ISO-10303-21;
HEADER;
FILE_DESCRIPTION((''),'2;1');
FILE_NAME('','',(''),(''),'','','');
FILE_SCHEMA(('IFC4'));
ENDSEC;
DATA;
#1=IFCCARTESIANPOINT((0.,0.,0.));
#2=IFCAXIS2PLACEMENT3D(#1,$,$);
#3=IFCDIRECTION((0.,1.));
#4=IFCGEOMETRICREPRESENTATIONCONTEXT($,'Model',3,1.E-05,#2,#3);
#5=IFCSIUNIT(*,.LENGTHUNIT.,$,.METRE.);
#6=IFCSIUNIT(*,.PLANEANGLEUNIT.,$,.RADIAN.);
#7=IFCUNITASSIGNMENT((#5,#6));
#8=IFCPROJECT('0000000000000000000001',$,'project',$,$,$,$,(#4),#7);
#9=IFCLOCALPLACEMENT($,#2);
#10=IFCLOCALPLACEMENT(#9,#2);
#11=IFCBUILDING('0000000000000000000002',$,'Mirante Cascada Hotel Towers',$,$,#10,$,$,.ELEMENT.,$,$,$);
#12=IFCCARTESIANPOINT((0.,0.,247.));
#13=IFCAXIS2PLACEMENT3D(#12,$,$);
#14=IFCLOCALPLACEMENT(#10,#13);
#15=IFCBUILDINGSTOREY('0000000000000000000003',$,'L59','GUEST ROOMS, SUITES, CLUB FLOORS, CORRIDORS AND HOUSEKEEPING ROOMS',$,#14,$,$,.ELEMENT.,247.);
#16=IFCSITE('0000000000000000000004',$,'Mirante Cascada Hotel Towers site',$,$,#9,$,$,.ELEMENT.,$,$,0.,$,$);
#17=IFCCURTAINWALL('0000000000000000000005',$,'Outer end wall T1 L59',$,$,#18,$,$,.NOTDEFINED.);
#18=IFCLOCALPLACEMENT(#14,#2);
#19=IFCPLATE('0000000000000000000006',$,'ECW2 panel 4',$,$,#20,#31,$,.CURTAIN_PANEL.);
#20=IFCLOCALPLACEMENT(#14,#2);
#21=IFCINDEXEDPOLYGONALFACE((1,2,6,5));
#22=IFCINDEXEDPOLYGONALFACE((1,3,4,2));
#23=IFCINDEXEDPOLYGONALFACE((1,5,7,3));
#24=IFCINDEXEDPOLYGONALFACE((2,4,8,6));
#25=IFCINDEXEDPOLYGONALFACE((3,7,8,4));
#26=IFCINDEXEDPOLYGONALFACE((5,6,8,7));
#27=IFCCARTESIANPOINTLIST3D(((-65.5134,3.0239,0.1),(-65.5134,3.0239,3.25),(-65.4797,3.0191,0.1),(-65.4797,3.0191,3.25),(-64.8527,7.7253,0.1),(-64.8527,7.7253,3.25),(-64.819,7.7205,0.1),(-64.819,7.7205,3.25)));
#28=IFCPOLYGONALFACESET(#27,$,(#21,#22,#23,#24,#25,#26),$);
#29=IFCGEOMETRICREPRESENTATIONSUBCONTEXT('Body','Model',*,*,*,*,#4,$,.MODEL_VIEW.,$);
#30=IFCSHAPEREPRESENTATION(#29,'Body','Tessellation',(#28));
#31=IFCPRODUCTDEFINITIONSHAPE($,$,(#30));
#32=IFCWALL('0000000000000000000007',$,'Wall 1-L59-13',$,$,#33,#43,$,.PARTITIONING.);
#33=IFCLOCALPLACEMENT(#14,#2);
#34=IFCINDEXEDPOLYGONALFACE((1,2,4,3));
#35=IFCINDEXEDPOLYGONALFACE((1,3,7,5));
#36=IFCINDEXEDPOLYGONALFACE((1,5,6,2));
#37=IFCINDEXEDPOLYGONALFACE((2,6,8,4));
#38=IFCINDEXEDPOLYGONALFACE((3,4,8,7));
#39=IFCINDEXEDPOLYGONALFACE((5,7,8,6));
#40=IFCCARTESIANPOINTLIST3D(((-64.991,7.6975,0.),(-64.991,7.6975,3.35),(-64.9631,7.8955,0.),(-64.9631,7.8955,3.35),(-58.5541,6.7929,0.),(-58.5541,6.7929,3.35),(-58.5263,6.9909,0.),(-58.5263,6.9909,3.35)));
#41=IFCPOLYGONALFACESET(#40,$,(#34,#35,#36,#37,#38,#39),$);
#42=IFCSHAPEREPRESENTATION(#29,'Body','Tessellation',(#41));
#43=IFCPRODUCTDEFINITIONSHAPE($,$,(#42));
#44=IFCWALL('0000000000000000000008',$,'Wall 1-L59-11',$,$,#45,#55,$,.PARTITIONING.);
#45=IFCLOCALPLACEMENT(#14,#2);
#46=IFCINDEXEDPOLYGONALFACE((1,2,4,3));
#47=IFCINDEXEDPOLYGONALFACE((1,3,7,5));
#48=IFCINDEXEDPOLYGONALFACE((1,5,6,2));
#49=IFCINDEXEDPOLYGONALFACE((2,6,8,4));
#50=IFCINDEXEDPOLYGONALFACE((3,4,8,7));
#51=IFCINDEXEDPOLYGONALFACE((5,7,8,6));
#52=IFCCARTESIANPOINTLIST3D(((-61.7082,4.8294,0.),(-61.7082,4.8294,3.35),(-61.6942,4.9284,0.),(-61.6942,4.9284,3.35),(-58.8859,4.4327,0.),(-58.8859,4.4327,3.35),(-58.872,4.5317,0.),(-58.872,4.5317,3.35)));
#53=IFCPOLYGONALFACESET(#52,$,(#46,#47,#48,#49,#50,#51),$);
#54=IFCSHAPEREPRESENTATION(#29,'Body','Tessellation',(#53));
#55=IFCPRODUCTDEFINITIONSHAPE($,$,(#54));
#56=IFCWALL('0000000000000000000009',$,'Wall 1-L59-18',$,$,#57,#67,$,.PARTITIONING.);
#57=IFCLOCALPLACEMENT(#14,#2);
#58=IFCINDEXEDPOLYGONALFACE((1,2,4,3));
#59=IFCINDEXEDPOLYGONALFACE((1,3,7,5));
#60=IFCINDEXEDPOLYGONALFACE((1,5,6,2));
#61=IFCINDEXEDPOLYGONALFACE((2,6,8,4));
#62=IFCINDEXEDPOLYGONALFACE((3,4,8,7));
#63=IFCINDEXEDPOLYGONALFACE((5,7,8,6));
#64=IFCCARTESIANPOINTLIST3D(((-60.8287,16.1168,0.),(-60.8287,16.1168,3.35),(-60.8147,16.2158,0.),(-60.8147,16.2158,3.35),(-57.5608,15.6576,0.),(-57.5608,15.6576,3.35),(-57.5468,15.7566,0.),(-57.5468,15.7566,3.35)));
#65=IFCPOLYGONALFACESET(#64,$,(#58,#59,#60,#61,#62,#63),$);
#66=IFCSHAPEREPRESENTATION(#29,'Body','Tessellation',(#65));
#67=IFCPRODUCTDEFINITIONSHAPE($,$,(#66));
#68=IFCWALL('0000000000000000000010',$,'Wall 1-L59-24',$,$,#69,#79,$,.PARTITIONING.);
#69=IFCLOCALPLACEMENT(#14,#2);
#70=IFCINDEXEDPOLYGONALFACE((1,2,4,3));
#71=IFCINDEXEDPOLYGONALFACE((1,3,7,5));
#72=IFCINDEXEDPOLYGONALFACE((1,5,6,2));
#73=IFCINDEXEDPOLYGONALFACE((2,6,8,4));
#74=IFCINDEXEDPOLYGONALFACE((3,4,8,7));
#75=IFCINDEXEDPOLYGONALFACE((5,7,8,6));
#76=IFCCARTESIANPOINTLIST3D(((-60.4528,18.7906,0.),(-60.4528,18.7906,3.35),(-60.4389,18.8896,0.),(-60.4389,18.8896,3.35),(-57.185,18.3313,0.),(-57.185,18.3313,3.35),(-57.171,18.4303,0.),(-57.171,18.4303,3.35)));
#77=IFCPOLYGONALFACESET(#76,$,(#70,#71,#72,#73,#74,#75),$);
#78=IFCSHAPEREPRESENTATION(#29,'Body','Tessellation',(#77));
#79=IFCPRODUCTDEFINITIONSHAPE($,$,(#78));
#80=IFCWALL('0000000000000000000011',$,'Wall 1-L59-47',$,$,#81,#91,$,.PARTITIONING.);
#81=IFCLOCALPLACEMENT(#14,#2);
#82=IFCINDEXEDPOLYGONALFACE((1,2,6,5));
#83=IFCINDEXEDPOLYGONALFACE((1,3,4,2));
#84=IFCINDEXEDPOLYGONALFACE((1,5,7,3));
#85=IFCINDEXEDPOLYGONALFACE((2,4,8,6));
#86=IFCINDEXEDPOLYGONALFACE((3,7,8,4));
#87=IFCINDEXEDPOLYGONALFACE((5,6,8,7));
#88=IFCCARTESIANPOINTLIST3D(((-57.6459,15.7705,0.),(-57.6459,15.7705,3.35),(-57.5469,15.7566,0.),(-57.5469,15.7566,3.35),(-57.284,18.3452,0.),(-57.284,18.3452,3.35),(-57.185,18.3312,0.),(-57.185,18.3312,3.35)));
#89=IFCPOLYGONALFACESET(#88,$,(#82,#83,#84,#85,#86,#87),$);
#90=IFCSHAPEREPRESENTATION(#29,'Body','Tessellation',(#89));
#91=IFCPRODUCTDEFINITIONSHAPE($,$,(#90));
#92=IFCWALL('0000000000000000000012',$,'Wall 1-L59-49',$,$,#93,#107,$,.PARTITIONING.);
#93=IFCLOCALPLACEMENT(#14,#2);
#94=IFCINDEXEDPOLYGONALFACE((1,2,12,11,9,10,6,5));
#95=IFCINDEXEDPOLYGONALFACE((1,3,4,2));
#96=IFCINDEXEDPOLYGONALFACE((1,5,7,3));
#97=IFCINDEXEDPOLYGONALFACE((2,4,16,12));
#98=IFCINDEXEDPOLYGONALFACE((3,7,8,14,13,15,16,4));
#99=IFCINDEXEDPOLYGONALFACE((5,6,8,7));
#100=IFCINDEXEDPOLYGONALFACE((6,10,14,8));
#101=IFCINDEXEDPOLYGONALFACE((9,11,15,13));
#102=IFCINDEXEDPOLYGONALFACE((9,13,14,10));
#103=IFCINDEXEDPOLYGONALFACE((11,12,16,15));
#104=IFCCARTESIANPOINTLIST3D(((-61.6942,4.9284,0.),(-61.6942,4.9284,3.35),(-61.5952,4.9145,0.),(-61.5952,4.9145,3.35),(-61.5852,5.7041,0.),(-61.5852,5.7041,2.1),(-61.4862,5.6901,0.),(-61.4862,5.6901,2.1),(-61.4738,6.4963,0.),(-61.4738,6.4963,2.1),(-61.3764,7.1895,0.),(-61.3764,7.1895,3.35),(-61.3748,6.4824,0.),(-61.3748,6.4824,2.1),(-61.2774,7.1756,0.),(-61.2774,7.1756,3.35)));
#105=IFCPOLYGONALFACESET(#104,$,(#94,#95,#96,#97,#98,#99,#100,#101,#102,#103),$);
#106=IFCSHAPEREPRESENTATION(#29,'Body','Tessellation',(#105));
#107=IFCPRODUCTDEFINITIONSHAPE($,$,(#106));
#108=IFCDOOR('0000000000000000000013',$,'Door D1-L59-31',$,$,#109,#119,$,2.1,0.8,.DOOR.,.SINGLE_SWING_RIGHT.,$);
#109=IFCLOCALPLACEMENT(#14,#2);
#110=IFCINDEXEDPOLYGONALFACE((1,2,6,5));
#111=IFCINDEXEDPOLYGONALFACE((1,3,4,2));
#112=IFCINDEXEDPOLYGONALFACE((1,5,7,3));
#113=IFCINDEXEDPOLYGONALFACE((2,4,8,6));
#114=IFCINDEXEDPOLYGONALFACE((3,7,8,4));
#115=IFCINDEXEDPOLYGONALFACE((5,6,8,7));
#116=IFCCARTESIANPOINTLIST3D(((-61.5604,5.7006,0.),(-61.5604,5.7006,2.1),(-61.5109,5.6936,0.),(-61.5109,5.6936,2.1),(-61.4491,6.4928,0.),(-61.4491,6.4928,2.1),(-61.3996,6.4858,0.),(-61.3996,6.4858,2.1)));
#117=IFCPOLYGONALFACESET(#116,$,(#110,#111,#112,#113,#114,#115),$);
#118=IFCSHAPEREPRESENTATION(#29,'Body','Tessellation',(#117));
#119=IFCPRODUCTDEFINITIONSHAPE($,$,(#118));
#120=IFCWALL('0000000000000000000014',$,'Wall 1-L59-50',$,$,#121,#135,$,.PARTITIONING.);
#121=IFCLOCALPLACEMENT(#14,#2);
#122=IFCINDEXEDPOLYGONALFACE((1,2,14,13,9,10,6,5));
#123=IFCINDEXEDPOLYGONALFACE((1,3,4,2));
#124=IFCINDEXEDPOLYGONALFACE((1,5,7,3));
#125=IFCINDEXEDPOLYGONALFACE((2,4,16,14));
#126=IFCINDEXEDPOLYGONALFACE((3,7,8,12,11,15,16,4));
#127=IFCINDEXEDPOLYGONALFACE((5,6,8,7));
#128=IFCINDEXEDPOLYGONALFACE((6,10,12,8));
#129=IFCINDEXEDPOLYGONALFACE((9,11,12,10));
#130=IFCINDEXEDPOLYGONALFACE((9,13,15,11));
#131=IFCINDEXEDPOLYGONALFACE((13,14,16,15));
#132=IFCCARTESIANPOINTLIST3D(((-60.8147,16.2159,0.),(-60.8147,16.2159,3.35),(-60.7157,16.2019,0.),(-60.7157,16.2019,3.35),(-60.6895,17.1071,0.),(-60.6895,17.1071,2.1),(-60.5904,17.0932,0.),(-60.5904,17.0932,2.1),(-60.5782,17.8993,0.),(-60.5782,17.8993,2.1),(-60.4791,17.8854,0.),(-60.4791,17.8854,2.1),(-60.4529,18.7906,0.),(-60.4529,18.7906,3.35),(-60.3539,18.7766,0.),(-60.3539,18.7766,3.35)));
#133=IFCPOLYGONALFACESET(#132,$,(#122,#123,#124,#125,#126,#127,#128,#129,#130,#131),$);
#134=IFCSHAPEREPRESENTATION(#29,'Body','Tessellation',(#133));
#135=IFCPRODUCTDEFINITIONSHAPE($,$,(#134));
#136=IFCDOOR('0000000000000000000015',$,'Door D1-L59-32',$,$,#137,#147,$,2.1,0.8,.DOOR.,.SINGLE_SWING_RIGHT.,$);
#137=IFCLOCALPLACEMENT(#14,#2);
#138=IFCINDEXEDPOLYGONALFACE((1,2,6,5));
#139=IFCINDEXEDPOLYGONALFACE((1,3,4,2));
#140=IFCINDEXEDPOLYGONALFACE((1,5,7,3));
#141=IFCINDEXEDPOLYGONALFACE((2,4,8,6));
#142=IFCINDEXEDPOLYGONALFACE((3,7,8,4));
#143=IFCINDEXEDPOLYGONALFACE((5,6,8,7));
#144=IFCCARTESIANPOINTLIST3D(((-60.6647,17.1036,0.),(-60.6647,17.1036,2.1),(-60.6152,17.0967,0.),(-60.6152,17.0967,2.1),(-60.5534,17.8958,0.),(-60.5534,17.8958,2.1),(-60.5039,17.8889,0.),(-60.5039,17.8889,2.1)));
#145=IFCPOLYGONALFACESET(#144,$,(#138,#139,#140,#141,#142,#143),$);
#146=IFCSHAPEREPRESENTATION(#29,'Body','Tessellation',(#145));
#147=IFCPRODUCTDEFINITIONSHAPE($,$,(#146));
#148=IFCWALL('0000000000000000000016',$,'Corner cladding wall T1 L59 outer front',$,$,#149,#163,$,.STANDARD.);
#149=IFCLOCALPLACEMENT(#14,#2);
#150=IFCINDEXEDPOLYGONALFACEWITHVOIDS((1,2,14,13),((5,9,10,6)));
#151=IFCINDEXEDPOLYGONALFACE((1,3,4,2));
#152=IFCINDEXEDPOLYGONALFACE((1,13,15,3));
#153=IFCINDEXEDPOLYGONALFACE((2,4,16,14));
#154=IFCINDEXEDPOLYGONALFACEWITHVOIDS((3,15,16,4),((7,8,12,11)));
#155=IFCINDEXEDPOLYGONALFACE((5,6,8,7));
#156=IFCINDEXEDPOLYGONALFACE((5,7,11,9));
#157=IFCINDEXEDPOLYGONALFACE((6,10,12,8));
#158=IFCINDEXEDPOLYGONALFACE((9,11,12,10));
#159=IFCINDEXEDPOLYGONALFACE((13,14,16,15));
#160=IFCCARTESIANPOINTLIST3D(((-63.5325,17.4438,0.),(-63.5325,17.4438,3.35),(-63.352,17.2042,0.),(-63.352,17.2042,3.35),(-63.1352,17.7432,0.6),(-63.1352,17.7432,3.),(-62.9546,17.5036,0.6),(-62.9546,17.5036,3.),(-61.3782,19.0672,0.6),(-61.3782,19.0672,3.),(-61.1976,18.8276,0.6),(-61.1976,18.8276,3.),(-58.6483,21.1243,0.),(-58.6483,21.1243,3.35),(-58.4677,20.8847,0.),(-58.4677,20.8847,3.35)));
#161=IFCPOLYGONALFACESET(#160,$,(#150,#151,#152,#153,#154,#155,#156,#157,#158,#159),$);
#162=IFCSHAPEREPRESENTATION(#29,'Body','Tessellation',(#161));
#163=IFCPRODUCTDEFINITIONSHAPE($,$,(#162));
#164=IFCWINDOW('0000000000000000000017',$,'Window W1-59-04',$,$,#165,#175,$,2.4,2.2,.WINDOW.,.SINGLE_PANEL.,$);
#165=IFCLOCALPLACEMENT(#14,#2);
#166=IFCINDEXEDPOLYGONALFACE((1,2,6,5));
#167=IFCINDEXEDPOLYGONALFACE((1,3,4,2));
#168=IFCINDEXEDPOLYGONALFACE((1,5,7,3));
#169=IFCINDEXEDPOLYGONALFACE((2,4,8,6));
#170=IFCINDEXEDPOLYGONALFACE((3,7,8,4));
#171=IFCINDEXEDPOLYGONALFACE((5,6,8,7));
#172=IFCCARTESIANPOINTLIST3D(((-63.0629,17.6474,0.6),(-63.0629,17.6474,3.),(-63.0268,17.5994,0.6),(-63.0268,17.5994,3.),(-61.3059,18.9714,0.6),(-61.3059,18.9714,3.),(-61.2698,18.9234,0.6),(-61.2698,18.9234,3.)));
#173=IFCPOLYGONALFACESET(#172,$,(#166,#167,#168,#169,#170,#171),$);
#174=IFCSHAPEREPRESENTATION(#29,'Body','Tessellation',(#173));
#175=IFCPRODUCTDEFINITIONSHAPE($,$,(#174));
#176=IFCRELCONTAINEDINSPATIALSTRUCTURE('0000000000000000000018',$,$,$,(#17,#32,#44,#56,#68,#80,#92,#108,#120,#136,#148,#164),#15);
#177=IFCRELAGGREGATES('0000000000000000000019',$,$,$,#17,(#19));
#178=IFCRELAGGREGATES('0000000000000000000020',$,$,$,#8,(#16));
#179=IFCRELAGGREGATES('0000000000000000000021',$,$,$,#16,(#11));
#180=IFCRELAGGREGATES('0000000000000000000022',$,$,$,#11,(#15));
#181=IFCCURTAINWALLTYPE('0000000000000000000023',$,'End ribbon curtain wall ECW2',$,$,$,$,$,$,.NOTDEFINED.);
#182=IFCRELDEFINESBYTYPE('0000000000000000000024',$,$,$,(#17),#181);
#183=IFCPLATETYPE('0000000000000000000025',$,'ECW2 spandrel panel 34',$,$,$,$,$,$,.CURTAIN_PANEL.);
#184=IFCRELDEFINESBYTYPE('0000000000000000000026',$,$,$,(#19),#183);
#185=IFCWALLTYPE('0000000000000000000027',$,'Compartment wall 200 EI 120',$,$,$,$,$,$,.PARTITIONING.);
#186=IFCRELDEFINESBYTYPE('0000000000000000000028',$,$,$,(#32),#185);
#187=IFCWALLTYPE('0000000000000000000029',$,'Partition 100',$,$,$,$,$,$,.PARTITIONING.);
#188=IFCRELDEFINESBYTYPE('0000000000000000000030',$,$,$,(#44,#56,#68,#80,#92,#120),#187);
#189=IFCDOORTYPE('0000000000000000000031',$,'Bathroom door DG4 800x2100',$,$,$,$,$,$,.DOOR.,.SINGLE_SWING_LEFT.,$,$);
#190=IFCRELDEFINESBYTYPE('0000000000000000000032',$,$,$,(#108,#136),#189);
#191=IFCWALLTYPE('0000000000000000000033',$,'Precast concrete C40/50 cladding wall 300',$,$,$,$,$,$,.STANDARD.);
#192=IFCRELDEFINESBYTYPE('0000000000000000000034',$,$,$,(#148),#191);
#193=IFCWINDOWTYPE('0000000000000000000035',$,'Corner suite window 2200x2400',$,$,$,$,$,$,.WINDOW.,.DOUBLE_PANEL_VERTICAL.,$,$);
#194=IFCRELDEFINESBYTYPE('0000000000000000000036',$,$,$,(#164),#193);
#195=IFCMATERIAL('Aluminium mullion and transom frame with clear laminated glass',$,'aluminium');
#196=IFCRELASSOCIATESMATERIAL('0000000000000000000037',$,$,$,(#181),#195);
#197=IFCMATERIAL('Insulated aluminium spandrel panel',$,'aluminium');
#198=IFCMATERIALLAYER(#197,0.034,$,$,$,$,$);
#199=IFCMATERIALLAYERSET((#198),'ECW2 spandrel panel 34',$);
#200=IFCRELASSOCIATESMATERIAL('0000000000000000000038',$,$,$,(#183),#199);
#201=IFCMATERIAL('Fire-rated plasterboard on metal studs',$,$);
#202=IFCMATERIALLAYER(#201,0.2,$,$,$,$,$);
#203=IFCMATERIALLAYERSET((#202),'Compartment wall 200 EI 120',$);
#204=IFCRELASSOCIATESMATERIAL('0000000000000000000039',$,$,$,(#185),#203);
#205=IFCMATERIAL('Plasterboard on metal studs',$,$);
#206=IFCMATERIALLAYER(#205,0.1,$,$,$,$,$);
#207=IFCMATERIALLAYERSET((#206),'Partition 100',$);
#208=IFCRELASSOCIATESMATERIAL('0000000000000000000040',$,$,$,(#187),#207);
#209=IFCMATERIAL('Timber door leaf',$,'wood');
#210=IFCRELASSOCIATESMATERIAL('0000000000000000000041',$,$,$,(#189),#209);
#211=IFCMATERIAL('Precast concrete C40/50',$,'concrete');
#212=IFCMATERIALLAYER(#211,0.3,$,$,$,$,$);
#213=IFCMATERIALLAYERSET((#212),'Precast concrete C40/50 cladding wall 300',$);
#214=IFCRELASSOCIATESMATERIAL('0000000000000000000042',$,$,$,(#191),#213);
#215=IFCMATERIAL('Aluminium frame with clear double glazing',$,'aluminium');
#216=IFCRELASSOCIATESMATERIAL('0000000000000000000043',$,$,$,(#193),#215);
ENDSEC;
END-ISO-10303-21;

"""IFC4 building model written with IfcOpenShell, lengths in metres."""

from ifc_helpers import new_model, si_unit, direction, frame, frame_2d, origin, origin_2d, place, context, subcontext, project, spatial, rectangle, extrude, material, layer, layer_set, type_object, element, fill, aggregate, save


model = new_model("IFC4")

# Units and contexts
model_context = context("Model", 3, precision=1e-05, world=origin(), true_north=direction((0.0, 1.0)))
body_context = subcontext(model_context, "Body", "Model", "MODEL_VIEW")
ifc_project = project(units=[si_unit("LENGTHUNIT", "METRE"), si_unit("PLANEANGLEUNIT", "RADIAN")], contexts=[model_context])

# Site, building, storey
site_placement = place(None, origin())
site = spatial("IfcSite", under=ifc_project, at=site_placement, Name="Mirante Cascada Hotel Towers site", CompositionType="ELEMENT", RefElevation=0.0)
building_placement = place(site_placement, origin())
building = spatial("IfcBuilding", under=site, at=building_placement, Name="Mirante Cascada Hotel Towers", CompositionType="ELEMENT")
storey_placement = place(building_placement, frame((0.0, 0.0, 247.0)))
storey = spatial("IfcBuildingStorey", under=building, at=storey_placement, Name="L59", Description="GUEST ROOMS, SUITES, CLUB FLOORS, CORRIDORS AND HOUSEKEEPING ROOMS", CompositionType="ELEMENT", Elevation=247.0)

# Curtain wall
ifc_material_1 = material(Name="Aluminium mullion and transom frame with clear laminated glass", Category="aluminium")
curtain_wall_type_1 = type_object("IfcCurtainWallType", Name="End ribbon curtain wall ECW2", PredefinedType="NOTDEFINED", material=ifc_material_1)
curtain_wall_1_placement = place(storey_placement, origin())
curtain_wall_1 = element("IfcCurtainWall", 1, at=curtain_wall_1_placement, inside=storey, type_object=curtain_wall_type_1, Name="Outer end wall T1 L59", PredefinedType="NOTDEFINED")

# Plate
ifc_material_2 = material(Name="Insulated aluminium spandrel panel", Category="aluminium")
ifc_layer_1 = layer(ifc_material_2, 0.034)
ifc_layer_set_1 = layer_set([ifc_layer_1], Name="ECW2 spandrel panel 34")
plate_type_1 = type_object("IfcPlateType", Name="ECW2 spandrel panel 34", PredefinedType="CURTAIN_PANEL", material=ifc_layer_set_1)
plate_1_placement = place(storey_placement, frame((-65.1662, 5.3722, 0.1), z_axis=(0.0, 0.0, 1.0), x_axis=(0.139173, 0.990268, 0.0)))
plate_1 = element("IfcPlate", 2, at=plate_1_placement, type_object=plate_type_1, Name="ECW2 panel 4", PredefinedType="CURTAIN_PANEL", context=body_context, shape_type="SweptSolid", body=[
    extrude(rectangle(XDim=4.7476, YDim=0.034, at=origin_2d()), origin(), (0.0, 0.0, 1.0), 3.15),
])
aggregate(curtain_wall_1, [plate_1])

# Walls
ifc_material_3 = material(Name="Fire-rated plasterboard on metal studs")
ifc_layer_2 = layer(ifc_material_3, 0.2)
ifc_layer_set_2 = layer_set([ifc_layer_2], Name="Compartment wall 200 EI 120")
wall_type_1 = type_object("IfcWallType", Name="Compartment wall 200 EI 120", PredefinedType="PARTITIONING", material=ifc_layer_set_2)
wall_1_placement = place(storey_placement, frame((-64.977, 7.7965, 0.0), z_axis=(0.0, 0.0, 1.0), x_axis=(0.990269, -0.139168, 0.0)))
element("IfcWall", 3, at=wall_1_placement, inside=storey, type_object=wall_type_1, Name="Wall 1-L59-13", PredefinedType="PARTITIONING", context=body_context, shape_type="SweptSolid", body=[
    extrude(rectangle(XDim=6.5001, YDim=0.2, at=frame_2d((3.25, 0.0))), origin(), (0.0, 0.0, 1.0), 3.35),
])
ifc_material_4 = material(Name="Plasterboard on metal studs")
ifc_layer_3 = layer(ifc_material_4, 0.1)
ifc_layer_set_3 = layer_set([ifc_layer_3], Name="Partition 100")
wall_type_2 = type_object("IfcWallType", Name="Partition 100", PredefinedType="PARTITIONING", material=ifc_layer_set_3)
wall_2_placement = place(storey_placement, frame((-61.7012, 4.8789, 0.0), z_axis=(0.0, 0.0, 1.0), x_axis=(0.990266, -0.139191, 0.0)))
element("IfcWall", 4, at=wall_2_placement, inside=storey, type_object=wall_type_2, Name="Wall 1-L59-11", PredefinedType="PARTITIONING", context=body_context, shape_type="SweptSolid", body=[
    extrude(rectangle(XDim=2.85, YDim=0.1, at=frame_2d((1.425, 0.0))), origin(), (0.0, 0.0, 1.0), 3.35),
])
for number, where, z_axis, x_axis, name in (
    (5, (-57.5538, 15.7071, 0.0), (0.0, 0.0, 1.0), (-0.990271, 0.139151, 0.0), "Wall 1-L59-18"),
    (6, (-57.178, 18.3808, 0.0), (0.0, 0.0, 1.0), (-0.990267, 0.139181, 0.0), "Wall 1-L59-24"),
):
    element("IfcWall", number, at=place(storey_placement, frame(where, z_axis=z_axis, x_axis=x_axis)), inside=storey, type_object=wall_type_2, Name=name, PredefinedType="PARTITIONING", context=body_context, shape_type="SweptSolid", body=[
        extrude(rectangle(XDim=3.3, YDim=0.1, at=frame_2d((1.65, 0.0))), origin(), (0.0, 0.0, 1.0), 3.35),
    ])
wall_3_placement = place(storey_placement, frame((-57.2345, 18.3382, 0.0), z_axis=(0.0, 0.0, 1.0), x_axis=(-0.139192, -0.990265, 0.0)))
element("IfcWall", 7, at=wall_3_placement, inside=storey, type_object=wall_type_2, Name="Wall 1-L59-47", PredefinedType="PARTITIONING", context=body_context, shape_type="SweptSolid", body=[
    extrude(rectangle(XDim=2.6, YDim=0.1, at=frame_2d((1.3, 0.0))), origin(), (0.0, 0.0, 1.0), 3.35),
])

# Walls, openings, doors
wall_4_placement = place(storey_placement, frame((-61.3269, 7.1825, 0.0), z_axis=(0.0, 0.0, 1.0), x_axis=(-0.139183, -0.990267, 0.0)))
wall_4 = element("IfcWall", 8, at=wall_4_placement, inside=storey, type_object=wall_type_2, Name="Wall 1-L59-49", PredefinedType="PARTITIONING", context=body_context, shape_type="SweptSolid", body=[
    extrude(rectangle(XDim=2.2833, YDim=0.1, at=frame_2d((1.1416, 0.0))), origin(), (0.0, 0.0, 1.0), 3.35),
])
opening_1_placement = place(wall_4_placement, frame((0.7, 0.0, 0.0)))
opening_1 = element("IfcOpeningElement", 9, at=opening_1_placement, cuts=wall_4, PredefinedType="OPENING", context=body_context, shape_type="SweptSolid", body=[
    extrude(rectangle(XDim=0.8, YDim=2.1, at=frame_2d((0.4, 1.05))), frame((0.0, 0.05, 0.0), z_axis=(0.0, -1.0, 0.0), x_axis=(1.0, 0.0, 0.0)), (0.0, 0.0, 1.0), 0.1),
])
ifc_material_5 = material(Name="Timber door leaf", Category="wood")
door_type = type_object("IfcDoorType", Name="Bathroom door DG4 800x2100", OperationType="SINGLE_SWING_LEFT", PredefinedType="DOOR", material=ifc_material_5)
door_1_placement = place(opening_1_placement, frame((0.8, 0.0, 0.0), z_axis=(0.0, 0.0, 1.0), x_axis=(-1.0, 0.0, 0.0)))
door_1 = element("IfcDoor", 10, at=door_1_placement, inside=storey, type_object=door_type, Name="Door D1-L59-31", OperationType="SINGLE_SWING_RIGHT", OverallHeight=2.1, OverallWidth=0.8, PredefinedType="DOOR", context=body_context, shape_type="SweptSolid", body=[
    extrude(rectangle(XDim=0.8, YDim=2.1, at=frame_2d((0.4, 1.05))), frame((0.0, 0.025, 0.0), z_axis=(0.0, -1.0, 0.0), x_axis=(1.0, 0.0, 0.0)), (0.0, 0.0, 1.0), 0.05),
])
fill(opening_1, door_1)
wall_5_placement = place(storey_placement, frame((-60.7652, 16.2089, 0.0), z_axis=(0.0, 0.0, 1.0), x_axis=(0.139154, 0.990271, 0.0)))
wall_5 = element("IfcWall", 11, at=wall_5_placement, inside=storey, type_object=wall_type_2, Name="Wall 1-L59-50", PredefinedType="PARTITIONING", context=body_context, shape_type="SweptSolid", body=[
    extrude(rectangle(XDim=2.6, YDim=0.1, at=frame_2d((1.3, 0.0))), origin(), (0.0, 0.0, 1.0), 3.35),
])
opening_2_placement = place(wall_5_placement, frame((0.9, 0.0, 0.0)))
opening_2 = element("IfcOpeningElement", 12, at=opening_2_placement, cuts=wall_5, PredefinedType="OPENING", context=body_context, shape_type="SweptSolid", body=[
    extrude(rectangle(XDim=0.8, YDim=2.1, at=frame_2d((0.4, 1.05))), frame((0.0, 0.05, 0.0), z_axis=(0.0, -1.0, 0.0), x_axis=(1.0, 0.0, 0.0)), (0.0, 0.0, 1.0), 0.1),
])
door_2_placement = place(opening_2_placement, frame((0.8, 0.0, 0.0), z_axis=(0.0, 0.0, 1.0), x_axis=(-1.0, 0.0, 0.0)))
door_2 = element("IfcDoor", 13, at=door_2_placement, inside=storey, type_object=door_type, Name="Door D1-L59-32", OperationType="SINGLE_SWING_RIGHT", OverallHeight=2.1, OverallWidth=0.8, PredefinedType="DOOR", context=body_context, shape_type="SweptSolid", body=[
    extrude(rectangle(XDim=0.8, YDim=2.1, at=frame_2d((0.4, 1.05))), frame((0.0, 0.025, 0.0), z_axis=(0.0, -1.0, 0.0), x_axis=(1.0, 0.0, 0.0)), (0.0, 0.0, 1.0), 0.05),
])
fill(opening_2, door_2)

# Wall, opening, window
ifc_material_6 = material(Name="Precast concrete C40/50", Category="concrete")
ifc_layer_4 = layer(ifc_material_6, 0.3)
ifc_layer_set_4 = layer_set([ifc_layer_4], Name="Precast concrete C40/50 cladding wall 300")
wall_type_3 = type_object("IfcWallType", Name="Precast concrete C40/50 cladding wall 300", PredefinedType="STANDARD", material=ifc_layer_set_4)
wall_6_placement = place(storey_placement, frame((-63.4422, 17.324, 0.0), z_axis=(0.0, 0.0, 1.0), x_axis=(0.798636, 0.601814, 0.0)))
wall_6 = element("IfcWall", 14, at=wall_6_placement, inside=storey, type_object=wall_type_3, Name="Corner cladding wall T1 L59 outer front", PredefinedType="STANDARD", context=body_context, shape_type="SweptSolid", body=[
    extrude(rectangle(XDim=6.1157, YDim=0.3, at=frame_2d((3.0578, 0.0))), origin(), (0.0, 0.0, 1.0), 3.35),
])
opening_3_placement = place(wall_6_placement, frame((0.4975, 0.0, 0.6)))
opening_3 = element("IfcOpeningElement", 15, at=opening_3_placement, cuts=wall_6, PredefinedType="OPENING", context=body_context, shape_type="SweptSolid", body=[
    extrude(rectangle(XDim=2.2, YDim=2.4, at=frame_2d((1.1, 1.2))), frame((0.0, 0.15, 0.0), z_axis=(0.0, -1.0, 0.0), x_axis=(1.0, 0.0, 0.0)), (0.0, 0.0, 1.0), 0.3),
])
ifc_material_7 = material(Name="Aluminium frame with clear double glazing", Category="aluminium")
window_type = type_object("IfcWindowType", Name="Corner suite window 2200x2400", PartitioningType="DOUBLE_PANEL_VERTICAL", PredefinedType="WINDOW", material=ifc_material_7)
window_placement = place(opening_3_placement, origin())
window = element("IfcWindow", 16, at=window_placement, inside=storey, type_object=window_type, Name="Window W1-59-04", OverallHeight=2.4, OverallWidth=2.2, PartitioningType="SINGLE_PANEL", PredefinedType="WINDOW", context=body_context, shape_type="SweptSolid", body=[
    extrude(rectangle(XDim=2.2, YDim=2.4, at=frame_2d((1.1, 1.2))), frame((0.0, 0.03, 0.0), z_axis=(0.0, -1.0, 0.0), x_axis=(1.0, 0.0, 0.0)), (0.0, 0.0, 1.0), 0.06),
])
fill(opening_3, window)

save(model, "model.ifc")
